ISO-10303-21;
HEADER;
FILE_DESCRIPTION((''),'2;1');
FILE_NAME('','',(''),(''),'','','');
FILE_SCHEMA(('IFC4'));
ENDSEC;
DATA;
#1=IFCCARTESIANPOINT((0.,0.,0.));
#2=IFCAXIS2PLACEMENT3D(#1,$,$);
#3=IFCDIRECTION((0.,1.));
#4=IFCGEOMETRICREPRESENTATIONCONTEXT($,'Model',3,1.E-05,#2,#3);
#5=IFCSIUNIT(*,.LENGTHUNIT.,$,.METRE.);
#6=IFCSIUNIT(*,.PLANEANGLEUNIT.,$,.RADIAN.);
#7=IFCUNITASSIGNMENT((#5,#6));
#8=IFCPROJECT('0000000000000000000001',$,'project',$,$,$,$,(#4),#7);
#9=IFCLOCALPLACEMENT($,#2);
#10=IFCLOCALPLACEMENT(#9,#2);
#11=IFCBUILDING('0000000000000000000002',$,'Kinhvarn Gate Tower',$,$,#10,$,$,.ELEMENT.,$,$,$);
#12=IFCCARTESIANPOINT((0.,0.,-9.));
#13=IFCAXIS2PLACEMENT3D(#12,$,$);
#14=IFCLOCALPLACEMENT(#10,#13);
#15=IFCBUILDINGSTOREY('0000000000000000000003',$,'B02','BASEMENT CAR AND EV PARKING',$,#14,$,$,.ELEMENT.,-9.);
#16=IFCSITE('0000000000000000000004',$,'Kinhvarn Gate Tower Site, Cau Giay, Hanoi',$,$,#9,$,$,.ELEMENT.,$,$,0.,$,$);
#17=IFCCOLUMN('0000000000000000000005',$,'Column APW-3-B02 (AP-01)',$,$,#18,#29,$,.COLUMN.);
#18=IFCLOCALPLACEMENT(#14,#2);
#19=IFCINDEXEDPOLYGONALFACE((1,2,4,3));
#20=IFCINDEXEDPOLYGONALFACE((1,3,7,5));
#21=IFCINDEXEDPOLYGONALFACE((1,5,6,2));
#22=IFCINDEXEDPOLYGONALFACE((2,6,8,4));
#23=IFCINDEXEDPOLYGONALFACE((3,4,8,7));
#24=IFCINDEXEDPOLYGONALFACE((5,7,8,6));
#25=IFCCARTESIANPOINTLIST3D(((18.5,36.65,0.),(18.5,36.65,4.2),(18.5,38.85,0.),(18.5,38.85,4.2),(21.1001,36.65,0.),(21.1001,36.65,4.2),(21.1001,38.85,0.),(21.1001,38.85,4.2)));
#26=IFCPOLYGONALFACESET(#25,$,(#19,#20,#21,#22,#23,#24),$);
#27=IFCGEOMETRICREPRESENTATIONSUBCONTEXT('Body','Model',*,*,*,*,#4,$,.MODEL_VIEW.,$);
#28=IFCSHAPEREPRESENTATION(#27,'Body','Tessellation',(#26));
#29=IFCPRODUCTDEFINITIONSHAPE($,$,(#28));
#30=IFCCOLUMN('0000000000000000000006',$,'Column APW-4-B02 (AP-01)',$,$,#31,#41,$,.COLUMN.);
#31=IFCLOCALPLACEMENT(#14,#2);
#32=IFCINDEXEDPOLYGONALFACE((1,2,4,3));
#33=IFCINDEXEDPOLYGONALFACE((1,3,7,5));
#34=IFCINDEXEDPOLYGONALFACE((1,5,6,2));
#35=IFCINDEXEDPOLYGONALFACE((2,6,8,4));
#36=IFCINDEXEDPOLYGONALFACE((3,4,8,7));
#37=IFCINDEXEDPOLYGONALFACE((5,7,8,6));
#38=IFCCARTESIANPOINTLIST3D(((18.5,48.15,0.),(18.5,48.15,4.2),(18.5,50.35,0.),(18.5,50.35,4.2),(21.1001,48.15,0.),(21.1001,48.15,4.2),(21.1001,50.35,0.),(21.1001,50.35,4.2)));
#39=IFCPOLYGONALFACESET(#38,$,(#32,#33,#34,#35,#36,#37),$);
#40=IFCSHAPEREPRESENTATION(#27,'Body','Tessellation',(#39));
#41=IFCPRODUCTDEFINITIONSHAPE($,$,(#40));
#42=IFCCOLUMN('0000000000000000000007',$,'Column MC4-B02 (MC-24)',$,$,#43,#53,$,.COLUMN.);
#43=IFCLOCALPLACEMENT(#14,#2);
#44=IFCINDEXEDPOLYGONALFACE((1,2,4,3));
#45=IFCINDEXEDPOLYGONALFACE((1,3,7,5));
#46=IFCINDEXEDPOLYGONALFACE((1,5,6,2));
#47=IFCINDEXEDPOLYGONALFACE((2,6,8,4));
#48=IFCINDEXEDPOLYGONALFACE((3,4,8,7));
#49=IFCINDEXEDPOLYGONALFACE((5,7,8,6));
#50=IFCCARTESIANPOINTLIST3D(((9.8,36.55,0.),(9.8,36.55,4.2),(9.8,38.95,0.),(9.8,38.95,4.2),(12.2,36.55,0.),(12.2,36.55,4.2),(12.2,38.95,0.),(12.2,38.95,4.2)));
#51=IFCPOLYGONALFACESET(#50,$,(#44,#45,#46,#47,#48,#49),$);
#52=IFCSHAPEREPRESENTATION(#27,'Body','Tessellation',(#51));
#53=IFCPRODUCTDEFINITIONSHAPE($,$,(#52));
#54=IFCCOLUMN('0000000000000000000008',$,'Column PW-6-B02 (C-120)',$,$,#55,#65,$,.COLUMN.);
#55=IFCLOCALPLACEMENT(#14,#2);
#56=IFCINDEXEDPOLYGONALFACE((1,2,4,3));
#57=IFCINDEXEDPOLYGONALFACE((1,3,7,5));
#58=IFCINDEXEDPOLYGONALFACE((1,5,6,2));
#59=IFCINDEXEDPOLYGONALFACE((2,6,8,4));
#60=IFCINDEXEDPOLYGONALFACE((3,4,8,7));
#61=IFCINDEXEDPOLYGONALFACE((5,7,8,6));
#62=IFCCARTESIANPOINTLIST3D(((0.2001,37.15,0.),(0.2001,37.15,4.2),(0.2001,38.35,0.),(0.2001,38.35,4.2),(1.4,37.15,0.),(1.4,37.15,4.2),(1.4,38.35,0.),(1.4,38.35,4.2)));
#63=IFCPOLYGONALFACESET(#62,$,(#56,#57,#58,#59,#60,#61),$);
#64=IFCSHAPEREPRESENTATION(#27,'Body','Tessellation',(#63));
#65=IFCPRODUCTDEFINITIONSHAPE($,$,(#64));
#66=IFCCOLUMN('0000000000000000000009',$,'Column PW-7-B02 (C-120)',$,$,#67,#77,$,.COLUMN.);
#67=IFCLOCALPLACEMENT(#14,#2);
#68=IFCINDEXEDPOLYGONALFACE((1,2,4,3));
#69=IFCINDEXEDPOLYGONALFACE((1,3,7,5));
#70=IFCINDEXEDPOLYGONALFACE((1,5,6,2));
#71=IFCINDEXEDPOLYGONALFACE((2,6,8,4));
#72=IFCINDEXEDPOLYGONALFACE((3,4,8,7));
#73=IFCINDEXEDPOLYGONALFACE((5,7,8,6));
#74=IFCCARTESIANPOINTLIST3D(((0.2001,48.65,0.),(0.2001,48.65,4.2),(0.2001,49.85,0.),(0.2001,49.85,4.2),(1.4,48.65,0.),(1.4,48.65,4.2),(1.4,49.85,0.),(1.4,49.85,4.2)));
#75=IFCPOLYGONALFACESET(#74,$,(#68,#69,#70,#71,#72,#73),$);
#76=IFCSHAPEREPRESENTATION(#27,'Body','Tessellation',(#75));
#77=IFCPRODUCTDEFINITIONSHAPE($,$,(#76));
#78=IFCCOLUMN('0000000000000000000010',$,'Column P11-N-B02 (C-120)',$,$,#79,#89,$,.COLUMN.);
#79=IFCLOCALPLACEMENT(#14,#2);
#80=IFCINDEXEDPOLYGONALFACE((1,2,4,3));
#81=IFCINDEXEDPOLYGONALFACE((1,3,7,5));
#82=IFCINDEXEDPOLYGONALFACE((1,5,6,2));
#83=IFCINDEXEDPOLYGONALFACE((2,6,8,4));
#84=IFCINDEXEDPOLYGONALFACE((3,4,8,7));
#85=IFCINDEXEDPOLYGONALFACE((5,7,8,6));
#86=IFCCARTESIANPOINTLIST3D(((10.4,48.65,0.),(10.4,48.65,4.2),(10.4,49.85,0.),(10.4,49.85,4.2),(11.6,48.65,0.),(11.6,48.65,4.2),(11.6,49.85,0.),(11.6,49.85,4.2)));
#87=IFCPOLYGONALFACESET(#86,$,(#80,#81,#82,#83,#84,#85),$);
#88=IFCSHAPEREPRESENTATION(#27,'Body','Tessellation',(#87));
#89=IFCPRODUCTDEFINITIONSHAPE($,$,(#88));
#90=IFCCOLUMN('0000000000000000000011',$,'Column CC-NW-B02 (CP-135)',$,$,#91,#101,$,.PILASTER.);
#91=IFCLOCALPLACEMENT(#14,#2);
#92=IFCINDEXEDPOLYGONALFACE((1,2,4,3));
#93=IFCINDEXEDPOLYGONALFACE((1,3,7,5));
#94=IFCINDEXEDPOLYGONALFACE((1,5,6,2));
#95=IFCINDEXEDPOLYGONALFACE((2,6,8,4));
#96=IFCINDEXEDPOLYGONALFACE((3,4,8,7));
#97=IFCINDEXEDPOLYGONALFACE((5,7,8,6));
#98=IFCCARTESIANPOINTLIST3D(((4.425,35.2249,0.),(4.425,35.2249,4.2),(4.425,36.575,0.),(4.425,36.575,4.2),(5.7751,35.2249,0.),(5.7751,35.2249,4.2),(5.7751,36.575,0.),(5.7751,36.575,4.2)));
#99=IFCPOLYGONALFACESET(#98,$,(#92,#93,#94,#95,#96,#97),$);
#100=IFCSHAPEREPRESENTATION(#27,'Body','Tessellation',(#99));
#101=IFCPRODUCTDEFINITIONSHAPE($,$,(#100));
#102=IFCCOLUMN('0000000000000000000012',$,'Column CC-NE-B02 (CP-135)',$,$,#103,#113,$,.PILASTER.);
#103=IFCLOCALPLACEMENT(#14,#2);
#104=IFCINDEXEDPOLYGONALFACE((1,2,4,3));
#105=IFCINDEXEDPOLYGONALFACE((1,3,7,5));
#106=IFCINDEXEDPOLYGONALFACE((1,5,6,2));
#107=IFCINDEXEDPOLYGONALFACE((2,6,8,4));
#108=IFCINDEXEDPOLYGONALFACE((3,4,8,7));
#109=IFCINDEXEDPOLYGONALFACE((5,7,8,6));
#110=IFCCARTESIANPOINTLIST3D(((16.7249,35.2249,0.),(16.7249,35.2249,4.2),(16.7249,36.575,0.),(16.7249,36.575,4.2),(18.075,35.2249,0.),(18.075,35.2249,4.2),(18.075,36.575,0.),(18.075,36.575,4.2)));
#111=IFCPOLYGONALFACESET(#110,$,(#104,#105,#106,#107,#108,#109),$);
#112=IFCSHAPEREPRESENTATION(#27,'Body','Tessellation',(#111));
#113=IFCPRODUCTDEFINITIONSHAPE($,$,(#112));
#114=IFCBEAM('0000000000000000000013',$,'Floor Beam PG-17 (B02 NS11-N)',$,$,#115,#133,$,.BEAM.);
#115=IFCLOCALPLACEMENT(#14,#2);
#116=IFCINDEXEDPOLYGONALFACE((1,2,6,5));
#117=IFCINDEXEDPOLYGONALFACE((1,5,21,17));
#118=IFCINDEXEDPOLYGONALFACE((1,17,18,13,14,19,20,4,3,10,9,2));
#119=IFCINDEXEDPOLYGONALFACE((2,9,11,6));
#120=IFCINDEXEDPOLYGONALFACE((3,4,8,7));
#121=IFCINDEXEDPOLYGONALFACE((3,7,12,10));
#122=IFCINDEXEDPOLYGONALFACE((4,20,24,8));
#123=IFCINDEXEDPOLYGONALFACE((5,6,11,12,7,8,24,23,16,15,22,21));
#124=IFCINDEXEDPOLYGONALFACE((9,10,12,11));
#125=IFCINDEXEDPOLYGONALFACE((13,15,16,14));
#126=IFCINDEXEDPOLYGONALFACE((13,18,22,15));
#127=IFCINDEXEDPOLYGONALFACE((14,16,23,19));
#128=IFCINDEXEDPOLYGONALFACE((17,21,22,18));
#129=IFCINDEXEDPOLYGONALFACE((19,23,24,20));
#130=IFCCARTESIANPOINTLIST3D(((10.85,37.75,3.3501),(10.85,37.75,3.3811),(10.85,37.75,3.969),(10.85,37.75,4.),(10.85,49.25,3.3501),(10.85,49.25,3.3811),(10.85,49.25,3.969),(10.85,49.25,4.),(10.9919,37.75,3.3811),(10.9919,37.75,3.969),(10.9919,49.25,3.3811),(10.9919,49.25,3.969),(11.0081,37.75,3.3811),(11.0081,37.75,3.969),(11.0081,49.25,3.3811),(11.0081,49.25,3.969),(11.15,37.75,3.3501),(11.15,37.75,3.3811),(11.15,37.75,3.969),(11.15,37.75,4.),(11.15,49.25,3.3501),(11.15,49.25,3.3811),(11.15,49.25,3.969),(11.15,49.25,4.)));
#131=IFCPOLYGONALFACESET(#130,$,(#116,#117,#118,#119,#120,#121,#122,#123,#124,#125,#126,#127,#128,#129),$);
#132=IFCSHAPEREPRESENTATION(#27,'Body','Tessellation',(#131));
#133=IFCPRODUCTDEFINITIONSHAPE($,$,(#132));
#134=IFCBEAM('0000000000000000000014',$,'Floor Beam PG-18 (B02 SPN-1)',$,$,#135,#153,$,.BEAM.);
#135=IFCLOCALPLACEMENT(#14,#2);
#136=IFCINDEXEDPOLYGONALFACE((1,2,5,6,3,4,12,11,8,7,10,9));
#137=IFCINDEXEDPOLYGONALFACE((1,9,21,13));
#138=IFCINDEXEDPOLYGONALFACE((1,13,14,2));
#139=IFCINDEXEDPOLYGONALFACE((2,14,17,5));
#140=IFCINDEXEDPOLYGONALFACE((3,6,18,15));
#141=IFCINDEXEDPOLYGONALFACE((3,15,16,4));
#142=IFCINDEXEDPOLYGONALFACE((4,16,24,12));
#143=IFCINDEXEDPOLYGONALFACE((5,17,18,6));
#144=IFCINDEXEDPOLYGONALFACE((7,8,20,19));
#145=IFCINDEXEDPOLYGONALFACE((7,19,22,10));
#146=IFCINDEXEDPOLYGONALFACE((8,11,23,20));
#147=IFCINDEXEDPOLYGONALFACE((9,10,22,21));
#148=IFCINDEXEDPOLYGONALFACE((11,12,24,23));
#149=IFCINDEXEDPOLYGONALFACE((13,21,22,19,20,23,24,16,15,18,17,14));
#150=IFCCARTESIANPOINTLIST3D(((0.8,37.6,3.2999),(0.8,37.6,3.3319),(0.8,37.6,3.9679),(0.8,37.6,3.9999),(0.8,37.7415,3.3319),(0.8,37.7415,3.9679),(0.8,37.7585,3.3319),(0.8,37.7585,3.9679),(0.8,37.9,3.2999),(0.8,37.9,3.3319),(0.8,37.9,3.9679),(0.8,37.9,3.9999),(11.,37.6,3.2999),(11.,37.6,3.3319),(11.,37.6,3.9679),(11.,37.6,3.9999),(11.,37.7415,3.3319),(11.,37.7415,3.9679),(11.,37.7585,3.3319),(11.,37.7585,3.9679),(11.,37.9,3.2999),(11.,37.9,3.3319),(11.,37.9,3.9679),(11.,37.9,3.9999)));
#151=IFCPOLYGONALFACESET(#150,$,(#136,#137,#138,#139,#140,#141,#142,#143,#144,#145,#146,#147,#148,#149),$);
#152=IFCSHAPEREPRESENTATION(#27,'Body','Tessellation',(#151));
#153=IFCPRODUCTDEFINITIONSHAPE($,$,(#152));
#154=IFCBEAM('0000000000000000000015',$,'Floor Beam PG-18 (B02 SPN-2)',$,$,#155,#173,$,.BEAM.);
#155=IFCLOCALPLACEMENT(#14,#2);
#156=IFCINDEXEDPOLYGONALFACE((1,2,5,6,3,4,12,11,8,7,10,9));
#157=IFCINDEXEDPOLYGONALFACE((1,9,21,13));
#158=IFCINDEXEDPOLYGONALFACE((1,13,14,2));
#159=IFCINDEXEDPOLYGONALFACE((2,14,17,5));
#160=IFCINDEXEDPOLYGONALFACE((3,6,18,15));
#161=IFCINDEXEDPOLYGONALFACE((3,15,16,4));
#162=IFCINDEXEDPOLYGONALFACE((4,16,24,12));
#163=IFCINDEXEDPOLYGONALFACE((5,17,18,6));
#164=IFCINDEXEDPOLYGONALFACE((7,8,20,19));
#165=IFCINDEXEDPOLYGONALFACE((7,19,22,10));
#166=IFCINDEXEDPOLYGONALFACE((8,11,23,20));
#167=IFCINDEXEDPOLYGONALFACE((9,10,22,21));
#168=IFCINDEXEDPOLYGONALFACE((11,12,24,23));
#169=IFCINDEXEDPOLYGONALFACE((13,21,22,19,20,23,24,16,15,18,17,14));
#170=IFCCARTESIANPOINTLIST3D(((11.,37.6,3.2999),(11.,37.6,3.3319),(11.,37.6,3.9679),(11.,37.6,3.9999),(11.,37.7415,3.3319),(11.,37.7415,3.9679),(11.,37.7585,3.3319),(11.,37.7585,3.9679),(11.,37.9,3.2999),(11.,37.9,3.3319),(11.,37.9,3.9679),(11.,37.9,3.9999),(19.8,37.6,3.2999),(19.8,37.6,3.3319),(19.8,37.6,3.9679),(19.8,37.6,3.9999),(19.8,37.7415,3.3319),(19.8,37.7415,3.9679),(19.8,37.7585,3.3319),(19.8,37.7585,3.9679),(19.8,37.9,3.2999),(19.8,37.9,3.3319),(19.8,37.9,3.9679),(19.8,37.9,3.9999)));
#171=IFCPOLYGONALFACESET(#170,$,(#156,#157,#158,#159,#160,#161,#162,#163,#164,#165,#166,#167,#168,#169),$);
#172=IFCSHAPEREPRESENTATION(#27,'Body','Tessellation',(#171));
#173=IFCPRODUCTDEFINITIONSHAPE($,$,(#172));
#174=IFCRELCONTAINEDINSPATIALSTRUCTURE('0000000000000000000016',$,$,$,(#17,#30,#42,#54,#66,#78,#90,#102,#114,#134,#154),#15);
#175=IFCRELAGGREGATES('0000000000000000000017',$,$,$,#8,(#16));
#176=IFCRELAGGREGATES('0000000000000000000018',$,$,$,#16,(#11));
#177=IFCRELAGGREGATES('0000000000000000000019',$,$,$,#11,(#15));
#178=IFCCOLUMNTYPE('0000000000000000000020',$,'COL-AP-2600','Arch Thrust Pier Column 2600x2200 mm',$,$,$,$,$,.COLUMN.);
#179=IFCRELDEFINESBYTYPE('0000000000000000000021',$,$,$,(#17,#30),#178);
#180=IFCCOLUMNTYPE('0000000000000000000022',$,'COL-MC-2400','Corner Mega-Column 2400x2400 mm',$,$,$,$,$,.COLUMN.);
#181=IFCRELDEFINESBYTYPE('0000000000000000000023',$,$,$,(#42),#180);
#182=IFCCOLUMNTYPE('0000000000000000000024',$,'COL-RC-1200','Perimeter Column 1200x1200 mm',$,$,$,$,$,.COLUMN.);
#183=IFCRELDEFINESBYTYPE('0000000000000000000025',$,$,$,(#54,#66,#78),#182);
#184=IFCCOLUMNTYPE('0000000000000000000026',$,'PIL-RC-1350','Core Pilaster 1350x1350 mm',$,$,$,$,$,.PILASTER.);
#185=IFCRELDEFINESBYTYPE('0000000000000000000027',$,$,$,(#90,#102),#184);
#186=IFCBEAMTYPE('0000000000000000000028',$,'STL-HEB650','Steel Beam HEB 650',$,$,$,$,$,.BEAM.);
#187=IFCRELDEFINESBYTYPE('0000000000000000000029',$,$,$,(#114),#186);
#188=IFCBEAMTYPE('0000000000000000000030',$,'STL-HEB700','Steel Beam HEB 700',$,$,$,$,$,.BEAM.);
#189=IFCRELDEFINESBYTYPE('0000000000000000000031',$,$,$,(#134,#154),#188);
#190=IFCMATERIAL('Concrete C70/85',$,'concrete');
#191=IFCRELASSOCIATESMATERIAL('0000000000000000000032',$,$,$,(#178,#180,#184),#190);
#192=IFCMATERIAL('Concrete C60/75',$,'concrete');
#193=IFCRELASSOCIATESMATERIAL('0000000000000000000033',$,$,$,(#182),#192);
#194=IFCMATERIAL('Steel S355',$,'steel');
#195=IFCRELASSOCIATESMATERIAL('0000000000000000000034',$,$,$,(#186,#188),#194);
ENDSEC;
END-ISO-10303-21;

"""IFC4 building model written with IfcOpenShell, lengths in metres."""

from ifc_helpers import new_model, si_unit, direction, frame, origin, origin_2d, place, context, subcontext, project, spatial, rectangle, i_section, extrude, material, material_profile, profile_set, type_object, element, save


model = new_model("IFC4")

# Units and contexts
model_context = context("Model", 3, precision=1e-05, world=origin(), true_north=direction((0.0, 1.0)))
body_context = subcontext(model_context, "Body", "Model", "MODEL_VIEW")
ifc_project = project(units=[si_unit("LENGTHUNIT", "METRE"), si_unit("PLANEANGLEUNIT", "RADIAN")], contexts=[model_context])

# Site, building, storey
site_placement = place(None, origin())
site = spatial("IfcSite", under=ifc_project, at=site_placement, Name="Kinhvarn Gate Tower Site, Cau Giay, Hanoi", CompositionType="ELEMENT", RefElevation=0.0)
building_placement = place(site_placement, origin())
building = spatial("IfcBuilding", under=site, at=building_placement, Name="Kinhvarn Gate Tower", CompositionType="ELEMENT")
storey_placement = place(building_placement, frame((0.0, 0.0, -9.0)))
storey = spatial("IfcBuildingStorey", under=building, at=storey_placement, Name="B02", Description="BASEMENT CAR AND EV PARKING", CompositionType="ELEMENT", Elevation=-9.0)

# Columns
ifc_material_1 = material(Name="Concrete C70/85", Category="concrete")
ifc_material_profile_1 = material_profile(ifc_material_1, rectangle(XDim=2.6001, YDim=2.2, at=origin_2d()), Name="RC 2600x2200")
ifc_profile_set_1 = profile_set([ifc_material_profile_1], Name="Concrete C70/85")
column_type_1 = type_object("IfcColumnType", Name="COL-AP-2600", Description="Arch Thrust Pier Column 2600x2200 mm", PredefinedType="COLUMN", material=ifc_profile_set_1)
for number, where, z_axis, x_axis, name in (
    (1, (19.8, 37.75, 0.0), (0.0, 0.0, 1.0), (1.0, 0.0, 0.0), "Column APW-3-B02 (AP-01)"),
    (2, (19.8, 49.25, 0.0), (0.0, 0.0, 1.0), (1.0, 0.0, 0.0), "Column APW-4-B02 (AP-01)"),
):
    element("IfcColumn", number, at=place(storey_placement, frame(where, z_axis=z_axis, x_axis=x_axis)), inside=storey, type_object=column_type_1, Name=name, PredefinedType="COLUMN", context=body_context, shape_type="SweptSolid", body=[
        extrude(rectangle(XDim=2.6001, YDim=2.2, at=origin_2d()), origin(), (0.0, 0.0, 1.0), 4.2),
    ])
ifc_material_profile_2 = material_profile(ifc_material_1, rectangle(XDim=2.3999, YDim=2.3999, at=origin_2d()), Name="RC 2400x2400")
ifc_profile_set_2 = profile_set([ifc_material_profile_2], Name="Concrete C70/85")
column_type_2 = type_object("IfcColumnType", Name="COL-MC-2400", Description="Corner Mega-Column 2400x2400 mm", PredefinedType="COLUMN", material=ifc_profile_set_2)
column_placement = place(storey_placement, frame((11.0, 37.75, 0.0), z_axis=(0.0, 0.0, 1.0), x_axis=(1.0, 0.0, 0.0)))
element("IfcColumn", 3, at=column_placement, inside=storey, type_object=column_type_2, Name="Column MC4-B02 (MC-24)", PredefinedType="COLUMN", context=body_context, shape_type="SweptSolid", body=[
    extrude(rectangle(XDim=2.3999, YDim=2.3999, at=origin_2d()), origin(), (0.0, 0.0, 1.0), 4.2),
])
ifc_material_2 = material(Name="Concrete C60/75", Category="concrete")
ifc_material_profile_3 = material_profile(ifc_material_2, rectangle(XDim=1.2, YDim=1.2, at=origin_2d()), Name="RC 1200x1200")
ifc_profile_set_3 = profile_set([ifc_material_profile_3], Name="Concrete C60/75")
column_type_3 = type_object("IfcColumnType", Name="COL-RC-1200", Description="Perimeter Column 1200x1200 mm", PredefinedType="COLUMN", material=ifc_profile_set_3)
for number, where, z_axis, x_axis, name in (
    (4, (0.8, 37.75, 0.0), (0.0, 0.0, 1.0), (1.0, 0.0, 0.0), "Column PW-6-B02 (C-120)"),
    (5, (0.8, 49.25, 0.0), (0.0, 0.0, 1.0), (1.0, 0.0, 0.0), "Column PW-7-B02 (C-120)"),
    (6, (11.0, 49.25, 0.0), (0.0, 0.0, 1.0), (1.0, 0.0, 0.0), "Column P11-N-B02 (C-120)"),
):
    element("IfcColumn", number, at=place(storey_placement, frame(where, z_axis=z_axis, x_axis=x_axis)), inside=storey, type_object=column_type_3, Name=name, PredefinedType="COLUMN", context=body_context, shape_type="SweptSolid", body=[
        extrude(rectangle(XDim=1.2, YDim=1.2, at=origin_2d()), origin(), (0.0, 0.0, 1.0), 4.2),
    ])
ifc_material_profile_4 = material_profile(ifc_material_1, rectangle(XDim=1.3501, YDim=1.3501, at=origin_2d()), Name="RC 1350x1350")
ifc_profile_set_4 = profile_set([ifc_material_profile_4], Name="Concrete C70/85")
column_type_4 = type_object("IfcColumnType", Name="PIL-RC-1350", Description="Core Pilaster 1350x1350 mm", PredefinedType="PILASTER", material=ifc_profile_set_4)
for number, where, z_axis, x_axis, name in (
    (7, (5.1001, 35.8999, 0.0), (0.0, 0.0, 1.0), (1.0, 0.0, 0.0), "Column CC-NW-B02 (CP-135)"),
    (8, (17.3999, 35.8999, 0.0), (0.0, 0.0, 1.0), (1.0, 0.0, 0.0), "Column CC-NE-B02 (CP-135)"),
):
    element("IfcColumn", number, at=place(storey_placement, frame(where, z_axis=z_axis, x_axis=x_axis)), inside=storey, type_object=column_type_4, Name=name, PredefinedType="PILASTER", context=body_context, shape_type="SweptSolid", body=[
        extrude(rectangle(XDim=1.3501, YDim=1.3501, at=origin_2d()), origin(), (0.0, 0.0, 1.0), 4.2),
    ])

# Beams
ifc_material_3 = material(Name="Steel S355", Category="steel")
ifc_material_profile_5 = material_profile(ifc_material_3, i_section(OverallWidth=0.3, OverallDepth=0.6499, WebThickness=0.0161, FlangeThickness=0.031, at=origin_2d()), Name="HEB 650")
ifc_profile_set_5 = profile_set([ifc_material_profile_5], Name="Steel S355")
beam_type_1 = type_object("IfcBeamType", Name="STL-HEB650", Description="Steel Beam HEB 650", PredefinedType="BEAM", material=ifc_profile_set_5)
beam_1_placement = place(storey_placement, frame((11.0, 37.75, 3.675), z_axis=(0.0, 1.0, 0.0), x_axis=(-1.0, 0.0, 0.0)))
element("IfcBeam", 9, at=beam_1_placement, inside=storey, type_object=beam_type_1, Name="Floor Beam PG-17 (B02 NS11-N)", PredefinedType="BEAM", context=body_context, shape_type="SweptSolid", body=[
    extrude(i_section(OverallWidth=0.3, OverallDepth=0.6499, WebThickness=0.0161, FlangeThickness=0.031, at=origin_2d()), origin(), (0.0, 0.0, 1.0), 11.5),
])
ifc_material_profile_6 = material_profile(ifc_material_3, i_section(OverallWidth=0.3, OverallDepth=0.7, WebThickness=0.0171, FlangeThickness=0.032, at=origin_2d()), Name="HEB 700")
ifc_profile_set_6 = profile_set([ifc_material_profile_6], Name="Steel S355")
beam_type_2 = type_object("IfcBeamType", Name="STL-HEB700", Description="Steel Beam HEB 700", PredefinedType="BEAM", material=ifc_profile_set_6)
beam_2_placement = place(storey_placement, frame((0.8, 37.75, 3.6499), z_axis=(1.0, 0.0, 0.0), x_axis=(0.0, 1.0, 0.0)))
element("IfcBeam", 10, at=beam_2_placement, inside=storey, type_object=beam_type_2, Name="Floor Beam PG-18 (B02 SPN-1)", PredefinedType="BEAM", context=body_context, shape_type="SweptSolid", body=[
    extrude(i_section(OverallWidth=0.3, OverallDepth=0.7, WebThickness=0.0171, FlangeThickness=0.032, at=origin_2d()), origin(), (0.0, 0.0, 1.0), 10.2),
])
beam_3_placement = place(storey_placement, frame((11.0, 37.75, 3.6499), z_axis=(1.0, 0.0, 0.0), x_axis=(0.0, 1.0, 0.0)))
element("IfcBeam", 11, at=beam_3_placement, inside=storey, type_object=beam_type_2, Name="Floor Beam PG-18 (B02 SPN-2)", PredefinedType="BEAM", context=body_context, shape_type="SweptSolid", body=[
    extrude(i_section(OverallWidth=0.3, OverallDepth=0.7, WebThickness=0.0171, FlangeThickness=0.032, at=origin_2d()), origin(), (0.0, 0.0, 1.0), 8.8),
])

save(model, "model.ifc")
